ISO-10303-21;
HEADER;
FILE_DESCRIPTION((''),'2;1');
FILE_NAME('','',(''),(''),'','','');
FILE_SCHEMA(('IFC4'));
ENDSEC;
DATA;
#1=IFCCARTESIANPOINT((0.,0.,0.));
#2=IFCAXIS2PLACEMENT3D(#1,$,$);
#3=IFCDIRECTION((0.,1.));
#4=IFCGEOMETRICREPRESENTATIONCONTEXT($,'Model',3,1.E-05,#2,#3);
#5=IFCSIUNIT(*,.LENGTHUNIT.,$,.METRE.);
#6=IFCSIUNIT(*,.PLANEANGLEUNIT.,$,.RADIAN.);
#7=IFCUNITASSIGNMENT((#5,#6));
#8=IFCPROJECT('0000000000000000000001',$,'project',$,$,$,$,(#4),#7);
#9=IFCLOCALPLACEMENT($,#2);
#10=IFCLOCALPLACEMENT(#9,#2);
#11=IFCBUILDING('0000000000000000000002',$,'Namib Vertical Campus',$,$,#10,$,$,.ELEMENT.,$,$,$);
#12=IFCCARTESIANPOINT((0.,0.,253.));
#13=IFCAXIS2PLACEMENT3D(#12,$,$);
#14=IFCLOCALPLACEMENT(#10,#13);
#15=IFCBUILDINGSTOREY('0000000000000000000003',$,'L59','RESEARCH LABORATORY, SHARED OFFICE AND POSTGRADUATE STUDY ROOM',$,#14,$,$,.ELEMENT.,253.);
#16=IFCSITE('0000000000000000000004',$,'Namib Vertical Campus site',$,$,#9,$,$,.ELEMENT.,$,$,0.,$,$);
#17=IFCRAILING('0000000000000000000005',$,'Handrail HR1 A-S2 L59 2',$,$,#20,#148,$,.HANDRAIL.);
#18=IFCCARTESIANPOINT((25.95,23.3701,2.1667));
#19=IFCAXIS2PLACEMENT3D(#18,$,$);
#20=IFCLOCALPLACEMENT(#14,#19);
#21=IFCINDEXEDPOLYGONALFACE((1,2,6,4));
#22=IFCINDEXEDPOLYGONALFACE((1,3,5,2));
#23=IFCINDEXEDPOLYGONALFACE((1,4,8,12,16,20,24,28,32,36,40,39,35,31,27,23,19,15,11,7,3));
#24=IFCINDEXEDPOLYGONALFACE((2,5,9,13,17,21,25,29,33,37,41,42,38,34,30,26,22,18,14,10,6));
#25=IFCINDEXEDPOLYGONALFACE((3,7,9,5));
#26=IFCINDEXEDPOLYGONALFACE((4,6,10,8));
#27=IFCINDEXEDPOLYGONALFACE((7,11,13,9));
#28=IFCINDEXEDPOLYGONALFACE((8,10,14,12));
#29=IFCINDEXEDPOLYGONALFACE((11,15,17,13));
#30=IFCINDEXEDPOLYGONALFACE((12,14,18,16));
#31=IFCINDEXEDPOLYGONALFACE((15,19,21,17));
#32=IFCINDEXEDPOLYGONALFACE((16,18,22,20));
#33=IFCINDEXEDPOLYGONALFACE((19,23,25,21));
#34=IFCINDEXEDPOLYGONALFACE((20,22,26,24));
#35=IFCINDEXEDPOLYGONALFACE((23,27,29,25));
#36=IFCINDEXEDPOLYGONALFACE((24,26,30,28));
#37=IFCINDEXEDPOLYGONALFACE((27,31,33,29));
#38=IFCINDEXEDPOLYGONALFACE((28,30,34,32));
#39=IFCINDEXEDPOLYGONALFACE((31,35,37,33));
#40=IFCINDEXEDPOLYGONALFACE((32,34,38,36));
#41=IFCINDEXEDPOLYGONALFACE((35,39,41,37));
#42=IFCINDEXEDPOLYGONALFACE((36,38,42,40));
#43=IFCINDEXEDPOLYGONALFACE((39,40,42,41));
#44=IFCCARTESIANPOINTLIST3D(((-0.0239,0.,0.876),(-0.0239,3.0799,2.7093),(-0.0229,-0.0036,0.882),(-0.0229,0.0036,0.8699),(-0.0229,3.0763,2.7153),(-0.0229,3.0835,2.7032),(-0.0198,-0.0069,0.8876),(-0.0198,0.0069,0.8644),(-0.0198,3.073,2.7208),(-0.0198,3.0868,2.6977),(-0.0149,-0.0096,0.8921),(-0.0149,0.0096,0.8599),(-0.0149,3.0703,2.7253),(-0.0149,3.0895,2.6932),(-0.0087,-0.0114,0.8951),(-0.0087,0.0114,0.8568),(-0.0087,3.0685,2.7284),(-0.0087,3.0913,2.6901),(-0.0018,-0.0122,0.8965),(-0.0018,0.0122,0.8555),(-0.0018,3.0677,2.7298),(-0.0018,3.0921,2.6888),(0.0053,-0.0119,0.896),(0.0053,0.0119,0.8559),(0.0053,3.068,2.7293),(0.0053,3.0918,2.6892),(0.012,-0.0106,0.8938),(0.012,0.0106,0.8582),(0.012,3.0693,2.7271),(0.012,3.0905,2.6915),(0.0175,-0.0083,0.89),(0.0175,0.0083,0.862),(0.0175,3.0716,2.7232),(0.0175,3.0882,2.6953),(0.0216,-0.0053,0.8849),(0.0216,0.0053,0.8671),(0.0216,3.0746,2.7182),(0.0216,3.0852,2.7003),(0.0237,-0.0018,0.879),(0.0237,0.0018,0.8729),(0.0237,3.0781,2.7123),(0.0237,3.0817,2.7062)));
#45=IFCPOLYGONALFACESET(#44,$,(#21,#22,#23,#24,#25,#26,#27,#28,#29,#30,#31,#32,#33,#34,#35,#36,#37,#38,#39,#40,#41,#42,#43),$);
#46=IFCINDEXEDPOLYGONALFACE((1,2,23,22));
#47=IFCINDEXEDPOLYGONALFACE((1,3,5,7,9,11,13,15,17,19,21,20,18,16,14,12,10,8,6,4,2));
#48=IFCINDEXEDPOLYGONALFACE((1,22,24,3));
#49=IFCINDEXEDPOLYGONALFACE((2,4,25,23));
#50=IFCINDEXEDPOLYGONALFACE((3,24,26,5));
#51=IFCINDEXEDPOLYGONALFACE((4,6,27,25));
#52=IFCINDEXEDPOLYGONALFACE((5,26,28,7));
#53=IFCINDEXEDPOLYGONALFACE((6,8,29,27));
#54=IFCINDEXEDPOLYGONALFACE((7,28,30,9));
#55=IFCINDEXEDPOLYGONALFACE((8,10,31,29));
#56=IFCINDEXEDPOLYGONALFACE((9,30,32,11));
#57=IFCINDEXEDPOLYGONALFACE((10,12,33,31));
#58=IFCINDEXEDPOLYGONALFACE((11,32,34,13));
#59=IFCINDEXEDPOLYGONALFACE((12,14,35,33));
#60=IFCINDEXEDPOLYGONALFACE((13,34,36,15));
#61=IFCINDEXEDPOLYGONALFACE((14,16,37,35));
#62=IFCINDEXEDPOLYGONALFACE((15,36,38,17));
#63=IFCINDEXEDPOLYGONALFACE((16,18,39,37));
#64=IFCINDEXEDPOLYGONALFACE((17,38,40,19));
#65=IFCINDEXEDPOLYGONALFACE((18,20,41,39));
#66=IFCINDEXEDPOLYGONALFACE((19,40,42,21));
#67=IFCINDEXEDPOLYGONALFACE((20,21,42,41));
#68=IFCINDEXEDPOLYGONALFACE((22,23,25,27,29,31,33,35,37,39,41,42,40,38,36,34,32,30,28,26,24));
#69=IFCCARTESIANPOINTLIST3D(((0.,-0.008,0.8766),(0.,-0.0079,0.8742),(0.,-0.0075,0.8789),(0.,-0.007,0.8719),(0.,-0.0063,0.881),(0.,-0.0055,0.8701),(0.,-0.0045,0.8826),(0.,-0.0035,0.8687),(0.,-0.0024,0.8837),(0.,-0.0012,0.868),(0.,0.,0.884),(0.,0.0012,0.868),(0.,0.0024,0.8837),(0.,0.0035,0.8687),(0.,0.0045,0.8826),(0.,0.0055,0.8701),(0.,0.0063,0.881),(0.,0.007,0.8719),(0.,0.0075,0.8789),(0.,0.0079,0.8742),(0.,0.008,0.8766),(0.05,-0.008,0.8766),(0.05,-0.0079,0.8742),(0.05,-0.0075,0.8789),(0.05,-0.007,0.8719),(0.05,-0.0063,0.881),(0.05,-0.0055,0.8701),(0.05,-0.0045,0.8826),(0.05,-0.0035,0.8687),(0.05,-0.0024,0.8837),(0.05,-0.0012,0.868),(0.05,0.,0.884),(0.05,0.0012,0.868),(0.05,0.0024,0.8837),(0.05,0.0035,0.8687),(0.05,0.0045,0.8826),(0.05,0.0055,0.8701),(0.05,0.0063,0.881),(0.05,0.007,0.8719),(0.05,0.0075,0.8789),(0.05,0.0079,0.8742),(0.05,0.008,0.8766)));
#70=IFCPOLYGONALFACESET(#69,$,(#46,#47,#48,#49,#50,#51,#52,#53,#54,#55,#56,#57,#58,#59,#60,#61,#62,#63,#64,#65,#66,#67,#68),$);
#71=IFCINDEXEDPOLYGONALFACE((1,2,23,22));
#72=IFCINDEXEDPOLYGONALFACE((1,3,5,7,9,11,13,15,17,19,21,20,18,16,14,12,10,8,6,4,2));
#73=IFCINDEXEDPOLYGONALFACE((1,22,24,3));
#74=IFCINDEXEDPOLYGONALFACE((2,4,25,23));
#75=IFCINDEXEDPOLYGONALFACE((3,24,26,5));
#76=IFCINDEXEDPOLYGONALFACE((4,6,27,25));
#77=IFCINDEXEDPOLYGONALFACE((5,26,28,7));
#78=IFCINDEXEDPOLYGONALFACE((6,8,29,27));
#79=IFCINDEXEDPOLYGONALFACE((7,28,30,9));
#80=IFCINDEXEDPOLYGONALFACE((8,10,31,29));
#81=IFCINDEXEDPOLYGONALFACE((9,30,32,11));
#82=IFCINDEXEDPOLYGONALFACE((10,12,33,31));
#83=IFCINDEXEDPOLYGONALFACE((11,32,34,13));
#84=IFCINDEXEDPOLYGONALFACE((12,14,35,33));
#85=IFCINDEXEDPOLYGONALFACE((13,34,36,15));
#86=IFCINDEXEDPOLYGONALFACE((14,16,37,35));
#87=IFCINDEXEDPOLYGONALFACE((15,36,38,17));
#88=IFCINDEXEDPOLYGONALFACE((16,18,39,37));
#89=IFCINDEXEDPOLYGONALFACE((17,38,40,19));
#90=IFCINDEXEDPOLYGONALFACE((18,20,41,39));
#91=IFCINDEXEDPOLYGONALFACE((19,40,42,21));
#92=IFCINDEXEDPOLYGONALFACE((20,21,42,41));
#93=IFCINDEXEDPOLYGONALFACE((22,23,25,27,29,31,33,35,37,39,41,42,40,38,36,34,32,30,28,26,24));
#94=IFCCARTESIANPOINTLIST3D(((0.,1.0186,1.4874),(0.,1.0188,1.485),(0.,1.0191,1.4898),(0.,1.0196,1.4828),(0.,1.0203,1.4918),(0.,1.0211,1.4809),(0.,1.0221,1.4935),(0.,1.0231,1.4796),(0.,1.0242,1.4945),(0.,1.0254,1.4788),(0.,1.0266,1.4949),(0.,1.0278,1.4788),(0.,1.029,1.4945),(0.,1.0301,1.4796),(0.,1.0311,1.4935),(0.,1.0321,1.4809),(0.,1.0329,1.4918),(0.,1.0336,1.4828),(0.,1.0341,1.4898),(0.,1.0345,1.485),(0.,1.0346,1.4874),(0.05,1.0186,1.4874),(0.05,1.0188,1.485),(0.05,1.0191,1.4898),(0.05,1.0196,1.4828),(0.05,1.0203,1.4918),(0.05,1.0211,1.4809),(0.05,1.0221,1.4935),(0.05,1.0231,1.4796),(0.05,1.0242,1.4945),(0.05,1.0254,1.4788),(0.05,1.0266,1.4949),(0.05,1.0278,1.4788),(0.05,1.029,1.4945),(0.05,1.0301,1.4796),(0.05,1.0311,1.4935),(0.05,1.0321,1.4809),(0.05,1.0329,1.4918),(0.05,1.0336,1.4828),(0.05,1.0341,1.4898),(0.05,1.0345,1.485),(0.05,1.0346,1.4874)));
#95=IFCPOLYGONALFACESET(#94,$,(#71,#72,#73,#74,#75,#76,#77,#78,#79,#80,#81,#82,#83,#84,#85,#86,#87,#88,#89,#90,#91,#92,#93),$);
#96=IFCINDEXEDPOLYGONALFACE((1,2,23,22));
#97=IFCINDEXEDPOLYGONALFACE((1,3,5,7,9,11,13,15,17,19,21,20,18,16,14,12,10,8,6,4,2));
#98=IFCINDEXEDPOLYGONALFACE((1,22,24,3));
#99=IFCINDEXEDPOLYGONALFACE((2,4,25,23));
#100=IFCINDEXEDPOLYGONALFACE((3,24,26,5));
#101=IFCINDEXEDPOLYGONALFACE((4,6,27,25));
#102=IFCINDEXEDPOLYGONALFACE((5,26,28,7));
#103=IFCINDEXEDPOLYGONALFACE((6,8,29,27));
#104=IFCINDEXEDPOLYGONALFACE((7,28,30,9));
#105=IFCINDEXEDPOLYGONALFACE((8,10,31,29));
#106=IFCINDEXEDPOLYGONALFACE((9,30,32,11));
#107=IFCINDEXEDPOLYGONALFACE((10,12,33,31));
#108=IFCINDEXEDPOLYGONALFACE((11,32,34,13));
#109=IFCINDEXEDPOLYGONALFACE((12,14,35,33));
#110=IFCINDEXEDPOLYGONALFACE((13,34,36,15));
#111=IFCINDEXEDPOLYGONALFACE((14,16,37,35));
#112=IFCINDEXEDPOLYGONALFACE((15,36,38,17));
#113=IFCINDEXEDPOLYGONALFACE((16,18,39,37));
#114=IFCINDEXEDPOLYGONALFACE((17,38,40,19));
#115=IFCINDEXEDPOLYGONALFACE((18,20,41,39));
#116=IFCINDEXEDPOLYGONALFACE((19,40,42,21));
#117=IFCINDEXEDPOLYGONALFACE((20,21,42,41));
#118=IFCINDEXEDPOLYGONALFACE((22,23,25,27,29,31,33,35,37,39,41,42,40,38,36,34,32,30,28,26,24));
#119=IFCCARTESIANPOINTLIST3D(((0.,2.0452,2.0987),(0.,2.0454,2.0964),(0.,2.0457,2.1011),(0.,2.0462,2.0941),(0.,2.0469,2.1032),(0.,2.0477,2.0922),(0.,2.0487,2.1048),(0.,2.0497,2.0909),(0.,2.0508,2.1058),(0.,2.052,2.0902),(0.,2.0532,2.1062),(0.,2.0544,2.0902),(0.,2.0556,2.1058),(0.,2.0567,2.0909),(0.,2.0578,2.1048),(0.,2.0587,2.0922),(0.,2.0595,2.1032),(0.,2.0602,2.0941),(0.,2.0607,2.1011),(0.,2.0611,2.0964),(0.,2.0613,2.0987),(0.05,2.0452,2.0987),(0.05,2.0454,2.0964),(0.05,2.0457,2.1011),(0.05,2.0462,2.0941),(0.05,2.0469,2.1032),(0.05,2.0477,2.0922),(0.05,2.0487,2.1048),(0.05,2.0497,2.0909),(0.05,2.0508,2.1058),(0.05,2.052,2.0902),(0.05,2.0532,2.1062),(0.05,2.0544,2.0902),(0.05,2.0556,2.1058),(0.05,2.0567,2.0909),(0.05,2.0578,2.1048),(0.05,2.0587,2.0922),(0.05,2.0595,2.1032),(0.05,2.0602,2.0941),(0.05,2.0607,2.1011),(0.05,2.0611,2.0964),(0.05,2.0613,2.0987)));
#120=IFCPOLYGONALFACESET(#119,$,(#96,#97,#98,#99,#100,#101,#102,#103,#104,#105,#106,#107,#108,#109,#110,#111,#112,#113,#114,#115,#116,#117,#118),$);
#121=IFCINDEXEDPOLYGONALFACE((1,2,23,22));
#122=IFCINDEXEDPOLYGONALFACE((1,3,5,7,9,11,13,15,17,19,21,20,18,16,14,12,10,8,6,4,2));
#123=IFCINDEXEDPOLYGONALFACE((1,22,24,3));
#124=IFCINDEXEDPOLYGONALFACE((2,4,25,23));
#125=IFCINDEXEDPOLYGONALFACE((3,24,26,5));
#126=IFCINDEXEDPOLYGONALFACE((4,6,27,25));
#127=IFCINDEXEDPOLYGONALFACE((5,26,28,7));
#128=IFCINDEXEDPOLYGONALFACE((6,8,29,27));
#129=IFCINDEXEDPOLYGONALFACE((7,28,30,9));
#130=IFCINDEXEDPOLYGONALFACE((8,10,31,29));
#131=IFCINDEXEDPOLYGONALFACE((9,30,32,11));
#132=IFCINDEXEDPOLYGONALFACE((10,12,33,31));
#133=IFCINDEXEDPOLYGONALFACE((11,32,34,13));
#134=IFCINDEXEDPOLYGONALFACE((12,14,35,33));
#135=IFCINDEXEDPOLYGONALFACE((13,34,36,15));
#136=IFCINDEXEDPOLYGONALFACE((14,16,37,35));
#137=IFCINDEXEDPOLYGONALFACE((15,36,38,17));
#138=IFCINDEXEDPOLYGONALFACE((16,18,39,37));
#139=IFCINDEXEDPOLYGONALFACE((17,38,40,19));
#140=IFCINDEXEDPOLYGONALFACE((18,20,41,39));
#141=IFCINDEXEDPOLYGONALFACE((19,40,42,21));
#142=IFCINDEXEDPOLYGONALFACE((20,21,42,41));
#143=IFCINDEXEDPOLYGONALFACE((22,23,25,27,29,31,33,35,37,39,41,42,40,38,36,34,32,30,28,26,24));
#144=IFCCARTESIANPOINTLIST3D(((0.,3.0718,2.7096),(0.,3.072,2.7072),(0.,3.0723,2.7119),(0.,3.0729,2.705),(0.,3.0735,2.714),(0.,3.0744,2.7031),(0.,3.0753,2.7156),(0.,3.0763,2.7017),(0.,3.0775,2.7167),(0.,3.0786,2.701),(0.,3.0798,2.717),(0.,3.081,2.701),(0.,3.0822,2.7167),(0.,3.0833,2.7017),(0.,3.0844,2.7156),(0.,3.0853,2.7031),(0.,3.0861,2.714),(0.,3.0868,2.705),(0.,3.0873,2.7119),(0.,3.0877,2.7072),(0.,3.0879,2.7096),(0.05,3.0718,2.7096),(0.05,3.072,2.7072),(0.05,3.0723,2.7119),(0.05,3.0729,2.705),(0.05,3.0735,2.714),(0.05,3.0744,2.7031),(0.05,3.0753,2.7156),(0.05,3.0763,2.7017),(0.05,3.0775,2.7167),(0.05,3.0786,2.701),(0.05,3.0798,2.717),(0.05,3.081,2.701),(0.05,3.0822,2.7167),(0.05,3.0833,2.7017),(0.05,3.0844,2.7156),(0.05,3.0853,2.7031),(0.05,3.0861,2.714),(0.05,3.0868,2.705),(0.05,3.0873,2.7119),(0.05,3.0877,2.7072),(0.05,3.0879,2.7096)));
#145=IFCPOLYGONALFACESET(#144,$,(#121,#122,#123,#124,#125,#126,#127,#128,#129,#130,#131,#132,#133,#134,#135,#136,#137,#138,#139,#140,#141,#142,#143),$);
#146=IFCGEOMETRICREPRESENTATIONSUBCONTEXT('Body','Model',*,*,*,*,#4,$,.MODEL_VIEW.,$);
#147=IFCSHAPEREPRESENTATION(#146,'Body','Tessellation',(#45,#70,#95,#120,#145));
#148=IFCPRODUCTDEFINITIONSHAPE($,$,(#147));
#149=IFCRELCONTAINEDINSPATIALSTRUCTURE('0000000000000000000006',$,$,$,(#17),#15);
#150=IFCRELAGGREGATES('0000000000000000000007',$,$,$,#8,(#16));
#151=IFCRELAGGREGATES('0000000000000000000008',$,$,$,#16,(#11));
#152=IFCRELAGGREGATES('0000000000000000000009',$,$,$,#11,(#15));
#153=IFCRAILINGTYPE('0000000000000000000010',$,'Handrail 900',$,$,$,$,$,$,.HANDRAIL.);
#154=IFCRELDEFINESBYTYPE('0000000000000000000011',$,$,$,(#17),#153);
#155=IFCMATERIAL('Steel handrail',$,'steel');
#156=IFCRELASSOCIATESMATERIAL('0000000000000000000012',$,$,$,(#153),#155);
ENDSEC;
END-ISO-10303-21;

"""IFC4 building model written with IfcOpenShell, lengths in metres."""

from ifc_helpers import new_model, si_unit, direction, frame, origin, origin_2d, place, context, subcontext, project, spatial, circle, extrude, material, type_object, element, save


model = new_model("IFC4")

# Units and contexts
model_context = context("Model", 3, precision=1e-05, world=origin(), true_north=direction((0.0, 1.0)))
body_context = subcontext(model_context, "Body", "Model", "MODEL_VIEW")
ifc_project = project(units=[si_unit("LENGTHUNIT", "METRE"), si_unit("PLANEANGLEUNIT", "RADIAN")], contexts=[model_context])

# Site, building, storey
site_placement = place(None, origin())
site = spatial("IfcSite", under=ifc_project, at=site_placement, Name="Namib Vertical Campus site", CompositionType="ELEMENT", RefElevation=0.0)
building_placement = place(site_placement, origin())
building = spatial("IfcBuilding", under=site, at=building_placement, Name="Namib Vertical Campus", CompositionType="ELEMENT")
storey_placement = place(building_placement, frame((0.0, 0.0, 253.0)))
storey = spatial("IfcBuildingStorey", under=building, at=storey_placement, Name="L59", Description="RESEARCH LABORATORY, SHARED OFFICE AND POSTGRADUATE STUDY ROOM", CompositionType="ELEMENT", Elevation=253.0)

# Railing
ifc_material_1 = material(Name="Steel handrail", Category="steel")
railing_type_1 = type_object("IfcRailingType", Name="Handrail 900", PredefinedType="HANDRAIL", material=ifc_material_1)
railing_1_placement = place(storey_placement, frame((25.95, 23.3701, 2.1667)))
element("IfcRailing", 1, at=railing_1_placement, inside=storey, type_object=railing_type_1, Name="Handrail HR1 A-S2 L59 2", PredefinedType="HANDRAIL", context=body_context, shape_type="SweptSolid", body=[
    extrude(circle(Radius=0.0239, at=origin_2d()), frame((0.0, 0.0, 0.876), z_axis=(0.0, 0.859291, 0.511487), x_axis=(-1.0, 0.0, 0.0)), (0.0, 0.0, 1.0), 3.5842),
    extrude(circle(Radius=0.0081, at=origin_2d()), frame((0.0, 0.0, 0.876), z_axis=(1.0, 0.0, 0.0), x_axis=(0.0, 0.0, 1.0)), (0.0, 0.0, 1.0), 0.05),
    extrude(circle(Radius=0.0081, at=origin_2d()), frame((0.0, 1.0266, 1.4868), z_axis=(1.0, 0.0, 0.0), x_axis=(0.0, 0.0, 1.0)), (0.0, 0.0, 1.0), 0.05),
    extrude(circle(Radius=0.0081, at=origin_2d()), frame((0.0, 2.0532, 2.0981), z_axis=(1.0, 0.0, 0.0), x_axis=(0.0, 0.0, 1.0)), (0.0, 0.0, 1.0), 0.05),
    extrude(circle(Radius=0.0081, at=origin_2d()), frame((0.0, 3.0798, 2.709), z_axis=(1.0, 0.0, 0.0), x_axis=(0.0, 0.0, 1.0)), (0.0, 0.0, 1.0), 0.05),
])

save(model, "model.ifc")
